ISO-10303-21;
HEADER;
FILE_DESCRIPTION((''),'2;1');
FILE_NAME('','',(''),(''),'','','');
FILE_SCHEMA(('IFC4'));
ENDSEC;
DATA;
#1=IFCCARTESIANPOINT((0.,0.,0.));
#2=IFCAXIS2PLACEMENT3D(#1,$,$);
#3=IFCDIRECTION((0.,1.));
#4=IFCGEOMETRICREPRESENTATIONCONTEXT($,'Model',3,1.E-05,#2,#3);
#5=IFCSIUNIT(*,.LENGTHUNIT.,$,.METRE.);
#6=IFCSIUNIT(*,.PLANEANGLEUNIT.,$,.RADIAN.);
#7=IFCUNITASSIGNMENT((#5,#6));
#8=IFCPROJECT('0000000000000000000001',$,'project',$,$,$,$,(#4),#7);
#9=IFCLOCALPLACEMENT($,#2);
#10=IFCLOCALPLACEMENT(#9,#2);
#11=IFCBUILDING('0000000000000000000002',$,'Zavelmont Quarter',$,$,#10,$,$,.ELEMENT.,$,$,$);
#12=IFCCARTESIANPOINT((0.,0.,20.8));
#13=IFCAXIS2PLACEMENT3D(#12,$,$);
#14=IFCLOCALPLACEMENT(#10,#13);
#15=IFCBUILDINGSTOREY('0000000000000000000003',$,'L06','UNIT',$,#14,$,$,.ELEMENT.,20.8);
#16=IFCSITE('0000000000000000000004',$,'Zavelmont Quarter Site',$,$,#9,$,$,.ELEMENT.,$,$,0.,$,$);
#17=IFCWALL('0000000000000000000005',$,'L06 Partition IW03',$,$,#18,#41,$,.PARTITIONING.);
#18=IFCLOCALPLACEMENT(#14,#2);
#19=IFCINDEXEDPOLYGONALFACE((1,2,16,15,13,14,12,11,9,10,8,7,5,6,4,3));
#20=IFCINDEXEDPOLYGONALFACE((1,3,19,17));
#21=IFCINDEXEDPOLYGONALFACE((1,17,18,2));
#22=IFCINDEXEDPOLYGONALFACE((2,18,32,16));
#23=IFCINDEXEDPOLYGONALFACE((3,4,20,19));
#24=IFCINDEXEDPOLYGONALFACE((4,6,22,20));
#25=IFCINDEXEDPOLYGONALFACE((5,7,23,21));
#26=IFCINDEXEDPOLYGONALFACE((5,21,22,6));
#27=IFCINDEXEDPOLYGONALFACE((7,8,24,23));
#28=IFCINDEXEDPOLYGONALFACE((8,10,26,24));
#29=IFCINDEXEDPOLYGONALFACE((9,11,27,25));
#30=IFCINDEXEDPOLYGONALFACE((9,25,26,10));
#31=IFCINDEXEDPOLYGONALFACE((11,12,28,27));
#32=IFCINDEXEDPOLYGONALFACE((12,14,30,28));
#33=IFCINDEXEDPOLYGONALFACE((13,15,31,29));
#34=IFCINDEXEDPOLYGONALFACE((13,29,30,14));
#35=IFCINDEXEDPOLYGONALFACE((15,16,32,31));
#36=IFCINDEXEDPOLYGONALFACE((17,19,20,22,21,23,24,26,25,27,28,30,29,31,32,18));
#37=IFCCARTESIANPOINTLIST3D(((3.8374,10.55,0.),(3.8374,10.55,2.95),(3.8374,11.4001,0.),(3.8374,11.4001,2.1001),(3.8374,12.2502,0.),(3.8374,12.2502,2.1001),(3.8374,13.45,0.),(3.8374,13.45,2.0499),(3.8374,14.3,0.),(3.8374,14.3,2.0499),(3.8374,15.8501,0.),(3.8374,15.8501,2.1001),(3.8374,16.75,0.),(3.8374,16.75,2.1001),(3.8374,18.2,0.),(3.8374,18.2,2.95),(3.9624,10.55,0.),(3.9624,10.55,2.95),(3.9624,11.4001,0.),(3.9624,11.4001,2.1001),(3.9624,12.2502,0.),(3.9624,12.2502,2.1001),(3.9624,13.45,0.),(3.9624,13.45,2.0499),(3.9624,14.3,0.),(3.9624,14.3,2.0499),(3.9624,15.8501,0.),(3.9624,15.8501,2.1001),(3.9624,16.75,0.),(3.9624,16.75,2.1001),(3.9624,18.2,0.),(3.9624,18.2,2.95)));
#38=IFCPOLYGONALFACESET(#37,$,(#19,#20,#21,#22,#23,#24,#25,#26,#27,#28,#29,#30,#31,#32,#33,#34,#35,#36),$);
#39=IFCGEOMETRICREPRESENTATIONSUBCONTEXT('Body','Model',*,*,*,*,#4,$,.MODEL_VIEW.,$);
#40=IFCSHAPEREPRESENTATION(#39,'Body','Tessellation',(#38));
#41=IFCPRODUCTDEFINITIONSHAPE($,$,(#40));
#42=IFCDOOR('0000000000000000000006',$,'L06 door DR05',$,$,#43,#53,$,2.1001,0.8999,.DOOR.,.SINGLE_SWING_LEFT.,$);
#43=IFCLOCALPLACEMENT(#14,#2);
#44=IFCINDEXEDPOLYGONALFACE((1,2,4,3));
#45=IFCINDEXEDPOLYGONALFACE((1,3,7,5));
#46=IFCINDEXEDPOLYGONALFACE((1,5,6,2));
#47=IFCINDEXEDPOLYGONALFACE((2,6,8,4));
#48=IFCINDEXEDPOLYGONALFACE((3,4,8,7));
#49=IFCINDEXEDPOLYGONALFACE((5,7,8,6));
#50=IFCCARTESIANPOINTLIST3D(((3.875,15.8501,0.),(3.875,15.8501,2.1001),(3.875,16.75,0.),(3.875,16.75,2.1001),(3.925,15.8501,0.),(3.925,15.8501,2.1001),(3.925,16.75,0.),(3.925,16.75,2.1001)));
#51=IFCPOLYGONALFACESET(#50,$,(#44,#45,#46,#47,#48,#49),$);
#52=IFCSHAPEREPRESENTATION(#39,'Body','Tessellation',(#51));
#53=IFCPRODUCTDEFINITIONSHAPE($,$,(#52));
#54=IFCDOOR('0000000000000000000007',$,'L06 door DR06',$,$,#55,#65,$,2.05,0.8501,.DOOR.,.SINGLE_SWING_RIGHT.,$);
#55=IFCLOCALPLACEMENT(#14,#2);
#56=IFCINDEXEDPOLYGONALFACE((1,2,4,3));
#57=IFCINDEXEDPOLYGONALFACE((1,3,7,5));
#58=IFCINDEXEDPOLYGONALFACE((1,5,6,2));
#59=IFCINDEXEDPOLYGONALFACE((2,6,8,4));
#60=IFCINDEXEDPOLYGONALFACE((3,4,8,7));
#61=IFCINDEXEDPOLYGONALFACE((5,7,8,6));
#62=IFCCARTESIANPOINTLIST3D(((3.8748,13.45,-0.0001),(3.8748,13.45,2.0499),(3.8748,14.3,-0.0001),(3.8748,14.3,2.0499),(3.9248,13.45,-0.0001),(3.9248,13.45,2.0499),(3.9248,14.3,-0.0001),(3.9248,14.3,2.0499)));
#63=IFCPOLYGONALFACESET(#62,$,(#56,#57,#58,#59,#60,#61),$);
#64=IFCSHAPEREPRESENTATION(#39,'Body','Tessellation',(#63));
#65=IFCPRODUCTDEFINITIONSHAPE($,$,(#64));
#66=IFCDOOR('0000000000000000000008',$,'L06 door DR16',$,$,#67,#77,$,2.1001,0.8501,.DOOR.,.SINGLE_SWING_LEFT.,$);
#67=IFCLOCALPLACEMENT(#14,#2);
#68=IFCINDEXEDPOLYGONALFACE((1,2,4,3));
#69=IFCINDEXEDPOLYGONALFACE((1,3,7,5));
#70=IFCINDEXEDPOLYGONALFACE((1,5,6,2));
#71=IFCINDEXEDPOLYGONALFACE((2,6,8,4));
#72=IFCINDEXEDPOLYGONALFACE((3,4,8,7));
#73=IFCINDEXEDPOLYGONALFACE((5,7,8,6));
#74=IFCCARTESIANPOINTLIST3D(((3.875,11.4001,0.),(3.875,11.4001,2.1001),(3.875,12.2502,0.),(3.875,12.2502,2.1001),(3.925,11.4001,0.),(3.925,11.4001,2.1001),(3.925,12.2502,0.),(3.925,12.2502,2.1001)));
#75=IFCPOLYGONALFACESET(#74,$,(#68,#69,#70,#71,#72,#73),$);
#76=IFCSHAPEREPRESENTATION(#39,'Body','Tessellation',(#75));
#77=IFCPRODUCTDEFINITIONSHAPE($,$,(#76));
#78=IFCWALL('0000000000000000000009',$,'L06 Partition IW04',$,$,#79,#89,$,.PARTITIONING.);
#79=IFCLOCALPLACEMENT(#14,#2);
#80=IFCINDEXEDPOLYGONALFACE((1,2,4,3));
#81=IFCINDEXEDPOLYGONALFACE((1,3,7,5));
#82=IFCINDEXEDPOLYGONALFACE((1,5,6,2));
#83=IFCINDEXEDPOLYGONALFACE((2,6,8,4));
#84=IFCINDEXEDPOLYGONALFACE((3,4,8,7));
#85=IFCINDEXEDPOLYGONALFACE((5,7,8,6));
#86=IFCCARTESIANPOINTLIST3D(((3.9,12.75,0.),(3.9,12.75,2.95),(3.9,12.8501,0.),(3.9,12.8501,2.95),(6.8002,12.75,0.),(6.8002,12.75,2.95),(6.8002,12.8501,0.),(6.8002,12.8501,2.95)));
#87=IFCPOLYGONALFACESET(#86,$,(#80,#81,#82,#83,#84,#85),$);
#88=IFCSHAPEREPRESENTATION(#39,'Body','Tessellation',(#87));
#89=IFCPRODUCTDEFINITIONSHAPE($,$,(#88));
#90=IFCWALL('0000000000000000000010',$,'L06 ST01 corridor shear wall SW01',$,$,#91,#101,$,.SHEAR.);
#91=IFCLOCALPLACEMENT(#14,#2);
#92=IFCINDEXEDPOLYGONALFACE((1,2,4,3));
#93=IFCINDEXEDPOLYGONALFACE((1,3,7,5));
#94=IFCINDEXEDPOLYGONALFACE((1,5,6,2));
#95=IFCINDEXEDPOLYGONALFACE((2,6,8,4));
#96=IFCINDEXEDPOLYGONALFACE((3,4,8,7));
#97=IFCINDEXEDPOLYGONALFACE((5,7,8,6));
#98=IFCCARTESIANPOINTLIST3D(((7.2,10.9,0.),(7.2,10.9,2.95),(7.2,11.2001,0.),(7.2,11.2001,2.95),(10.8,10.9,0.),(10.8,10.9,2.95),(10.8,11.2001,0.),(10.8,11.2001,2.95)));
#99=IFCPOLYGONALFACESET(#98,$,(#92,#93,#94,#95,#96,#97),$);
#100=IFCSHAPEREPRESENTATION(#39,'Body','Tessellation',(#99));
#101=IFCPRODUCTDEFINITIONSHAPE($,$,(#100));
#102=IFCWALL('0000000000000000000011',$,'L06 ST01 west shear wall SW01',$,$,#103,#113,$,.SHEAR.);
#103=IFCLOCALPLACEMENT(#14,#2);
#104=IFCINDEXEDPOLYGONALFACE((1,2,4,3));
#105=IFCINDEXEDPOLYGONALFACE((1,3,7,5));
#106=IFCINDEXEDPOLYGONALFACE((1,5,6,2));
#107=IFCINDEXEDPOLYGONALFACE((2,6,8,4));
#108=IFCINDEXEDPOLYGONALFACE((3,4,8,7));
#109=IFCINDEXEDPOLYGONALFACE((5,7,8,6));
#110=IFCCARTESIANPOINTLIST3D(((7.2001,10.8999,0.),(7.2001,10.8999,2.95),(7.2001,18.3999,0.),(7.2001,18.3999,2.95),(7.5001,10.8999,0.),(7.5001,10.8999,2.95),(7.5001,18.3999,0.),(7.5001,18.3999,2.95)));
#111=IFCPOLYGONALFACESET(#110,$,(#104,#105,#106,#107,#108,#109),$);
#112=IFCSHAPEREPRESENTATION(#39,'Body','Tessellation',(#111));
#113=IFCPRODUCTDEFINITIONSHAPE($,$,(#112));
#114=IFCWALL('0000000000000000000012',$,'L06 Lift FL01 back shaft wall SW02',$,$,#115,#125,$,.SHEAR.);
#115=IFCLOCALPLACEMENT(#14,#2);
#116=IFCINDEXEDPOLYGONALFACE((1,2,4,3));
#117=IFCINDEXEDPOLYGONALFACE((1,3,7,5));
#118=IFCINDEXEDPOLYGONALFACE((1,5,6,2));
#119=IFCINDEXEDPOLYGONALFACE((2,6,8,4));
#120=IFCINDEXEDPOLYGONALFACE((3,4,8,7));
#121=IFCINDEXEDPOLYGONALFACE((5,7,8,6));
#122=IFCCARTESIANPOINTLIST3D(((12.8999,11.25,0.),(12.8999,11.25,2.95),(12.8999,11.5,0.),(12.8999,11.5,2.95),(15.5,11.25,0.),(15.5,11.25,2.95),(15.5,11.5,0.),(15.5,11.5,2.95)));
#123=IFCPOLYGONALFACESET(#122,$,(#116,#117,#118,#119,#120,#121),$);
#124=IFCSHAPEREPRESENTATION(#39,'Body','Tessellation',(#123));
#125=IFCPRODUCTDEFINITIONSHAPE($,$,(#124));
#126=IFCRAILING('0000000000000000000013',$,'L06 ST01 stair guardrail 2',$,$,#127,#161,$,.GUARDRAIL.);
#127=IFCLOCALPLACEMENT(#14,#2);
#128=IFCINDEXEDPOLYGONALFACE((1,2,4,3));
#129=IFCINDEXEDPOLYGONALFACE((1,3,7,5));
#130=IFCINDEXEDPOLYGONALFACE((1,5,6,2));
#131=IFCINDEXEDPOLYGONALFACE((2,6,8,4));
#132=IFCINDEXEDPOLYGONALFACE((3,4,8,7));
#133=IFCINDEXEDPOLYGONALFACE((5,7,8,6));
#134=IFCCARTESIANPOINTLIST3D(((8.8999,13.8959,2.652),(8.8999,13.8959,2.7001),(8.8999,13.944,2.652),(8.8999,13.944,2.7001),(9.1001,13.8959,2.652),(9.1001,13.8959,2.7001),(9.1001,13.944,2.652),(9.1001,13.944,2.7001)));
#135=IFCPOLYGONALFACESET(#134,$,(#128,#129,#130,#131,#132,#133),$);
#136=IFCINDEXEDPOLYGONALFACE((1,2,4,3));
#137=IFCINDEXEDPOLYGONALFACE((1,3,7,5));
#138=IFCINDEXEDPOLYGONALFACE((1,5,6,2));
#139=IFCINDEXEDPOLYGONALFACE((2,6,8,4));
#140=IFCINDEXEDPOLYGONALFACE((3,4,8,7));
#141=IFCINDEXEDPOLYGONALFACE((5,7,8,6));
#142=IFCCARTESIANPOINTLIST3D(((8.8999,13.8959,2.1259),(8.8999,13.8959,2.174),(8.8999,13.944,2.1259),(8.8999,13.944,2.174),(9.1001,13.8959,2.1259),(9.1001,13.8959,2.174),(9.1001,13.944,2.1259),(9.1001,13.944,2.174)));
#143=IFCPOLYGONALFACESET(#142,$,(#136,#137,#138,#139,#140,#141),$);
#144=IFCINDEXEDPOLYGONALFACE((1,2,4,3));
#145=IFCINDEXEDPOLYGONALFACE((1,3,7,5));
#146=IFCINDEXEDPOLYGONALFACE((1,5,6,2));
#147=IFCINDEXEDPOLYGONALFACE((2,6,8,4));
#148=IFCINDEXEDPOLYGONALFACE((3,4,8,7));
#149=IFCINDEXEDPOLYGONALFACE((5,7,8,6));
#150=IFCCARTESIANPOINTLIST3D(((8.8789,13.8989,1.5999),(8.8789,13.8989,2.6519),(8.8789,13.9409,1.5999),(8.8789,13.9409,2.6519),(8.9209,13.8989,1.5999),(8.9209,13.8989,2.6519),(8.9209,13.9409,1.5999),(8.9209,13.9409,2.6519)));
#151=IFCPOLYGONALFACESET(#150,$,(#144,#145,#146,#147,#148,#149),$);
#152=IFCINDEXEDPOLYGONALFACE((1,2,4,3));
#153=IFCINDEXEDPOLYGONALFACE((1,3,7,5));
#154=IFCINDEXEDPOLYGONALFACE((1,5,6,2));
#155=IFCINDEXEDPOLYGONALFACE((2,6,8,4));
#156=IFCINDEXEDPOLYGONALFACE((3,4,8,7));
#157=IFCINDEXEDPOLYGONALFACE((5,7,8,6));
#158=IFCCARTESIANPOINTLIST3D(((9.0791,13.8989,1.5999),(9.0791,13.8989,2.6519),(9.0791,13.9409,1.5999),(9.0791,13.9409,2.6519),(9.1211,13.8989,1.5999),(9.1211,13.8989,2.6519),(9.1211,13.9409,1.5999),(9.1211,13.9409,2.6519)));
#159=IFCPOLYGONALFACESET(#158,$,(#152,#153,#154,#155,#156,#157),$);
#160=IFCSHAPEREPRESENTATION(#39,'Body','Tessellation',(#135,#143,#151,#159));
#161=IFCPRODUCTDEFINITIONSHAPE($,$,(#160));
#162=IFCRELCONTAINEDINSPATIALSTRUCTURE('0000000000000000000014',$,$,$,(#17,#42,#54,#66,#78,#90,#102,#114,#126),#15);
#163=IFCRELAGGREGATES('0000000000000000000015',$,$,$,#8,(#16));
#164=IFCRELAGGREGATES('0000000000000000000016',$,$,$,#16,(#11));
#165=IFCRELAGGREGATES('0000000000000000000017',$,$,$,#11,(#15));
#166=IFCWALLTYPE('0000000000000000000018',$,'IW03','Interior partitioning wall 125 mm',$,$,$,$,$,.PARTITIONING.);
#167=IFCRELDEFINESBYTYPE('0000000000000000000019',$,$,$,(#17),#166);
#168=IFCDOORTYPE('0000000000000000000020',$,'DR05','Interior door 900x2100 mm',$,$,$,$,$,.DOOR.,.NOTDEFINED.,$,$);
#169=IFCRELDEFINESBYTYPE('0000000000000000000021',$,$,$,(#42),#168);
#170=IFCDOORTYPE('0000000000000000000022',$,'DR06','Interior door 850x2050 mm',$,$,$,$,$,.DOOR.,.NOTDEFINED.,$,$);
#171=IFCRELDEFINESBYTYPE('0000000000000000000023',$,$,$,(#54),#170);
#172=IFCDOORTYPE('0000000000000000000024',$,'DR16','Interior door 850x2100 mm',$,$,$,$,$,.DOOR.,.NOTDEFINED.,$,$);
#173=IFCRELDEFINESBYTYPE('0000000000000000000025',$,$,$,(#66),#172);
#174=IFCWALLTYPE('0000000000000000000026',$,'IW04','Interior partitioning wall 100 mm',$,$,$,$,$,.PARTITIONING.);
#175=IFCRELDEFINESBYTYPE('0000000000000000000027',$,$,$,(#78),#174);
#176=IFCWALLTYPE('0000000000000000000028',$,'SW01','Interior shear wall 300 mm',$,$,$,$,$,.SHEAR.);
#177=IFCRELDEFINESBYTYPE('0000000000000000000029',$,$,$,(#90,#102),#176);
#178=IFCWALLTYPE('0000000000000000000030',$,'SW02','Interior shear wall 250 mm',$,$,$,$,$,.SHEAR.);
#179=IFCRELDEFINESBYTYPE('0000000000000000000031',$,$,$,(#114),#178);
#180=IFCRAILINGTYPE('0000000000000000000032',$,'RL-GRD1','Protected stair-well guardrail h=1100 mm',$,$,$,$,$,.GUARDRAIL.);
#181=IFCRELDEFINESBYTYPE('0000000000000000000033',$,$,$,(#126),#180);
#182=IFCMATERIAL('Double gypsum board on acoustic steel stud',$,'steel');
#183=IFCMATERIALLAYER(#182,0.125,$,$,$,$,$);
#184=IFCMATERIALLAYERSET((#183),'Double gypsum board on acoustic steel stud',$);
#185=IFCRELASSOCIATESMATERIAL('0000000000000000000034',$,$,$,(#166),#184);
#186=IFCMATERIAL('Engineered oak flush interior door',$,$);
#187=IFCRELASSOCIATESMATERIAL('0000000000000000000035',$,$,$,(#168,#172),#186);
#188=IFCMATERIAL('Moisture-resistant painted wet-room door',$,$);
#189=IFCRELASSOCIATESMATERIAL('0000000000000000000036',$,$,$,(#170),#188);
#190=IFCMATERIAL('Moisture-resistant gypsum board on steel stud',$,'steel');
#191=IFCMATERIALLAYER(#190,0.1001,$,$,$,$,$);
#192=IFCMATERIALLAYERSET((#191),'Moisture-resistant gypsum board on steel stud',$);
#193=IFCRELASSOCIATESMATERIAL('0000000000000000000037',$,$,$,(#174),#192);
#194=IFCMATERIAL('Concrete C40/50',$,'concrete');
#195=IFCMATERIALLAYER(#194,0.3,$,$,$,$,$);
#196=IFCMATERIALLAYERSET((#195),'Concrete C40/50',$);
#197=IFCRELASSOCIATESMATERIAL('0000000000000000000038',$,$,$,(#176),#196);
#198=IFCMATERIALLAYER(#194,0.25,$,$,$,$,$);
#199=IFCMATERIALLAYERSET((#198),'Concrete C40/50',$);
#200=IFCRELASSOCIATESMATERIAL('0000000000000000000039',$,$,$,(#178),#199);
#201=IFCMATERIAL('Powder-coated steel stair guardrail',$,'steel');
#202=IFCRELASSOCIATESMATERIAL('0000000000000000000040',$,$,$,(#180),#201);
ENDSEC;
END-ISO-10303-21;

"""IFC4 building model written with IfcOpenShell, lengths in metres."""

from ifc_helpers import new_model, si_unit, direction, frame, frame_2d, origin, origin_with_axes, origin_2d, place, context, subcontext, project, spatial, rectangle, extrude, material, layer, layer_set, type_object, element, fill, save


model = new_model("IFC4")

# Units and contexts
model_context = context("Model", 3, precision=1e-05, world=origin(), true_north=direction((0.0, 1.0)))
body_context = subcontext(model_context, "Body", "Model", "MODEL_VIEW")
ifc_project = project(units=[si_unit("LENGTHUNIT", "METRE"), si_unit("PLANEANGLEUNIT", "RADIAN")], contexts=[model_context])

# Site, building, storey
site_placement = place(None, origin())
site = spatial("IfcSite", under=ifc_project, at=site_placement, Name="Zavelmont Quarter Site", CompositionType="ELEMENT", RefElevation=0.0)
building_placement = place(site_placement, origin())
building = spatial("IfcBuilding", under=site, at=building_placement, Name="Zavelmont Quarter", CompositionType="ELEMENT")
storey_placement = place(building_placement, frame((0.0, 0.0, 20.8)))
storey = spatial("IfcBuildingStorey", under=building, at=storey_placement, Name="L06", Description="UNIT", CompositionType="ELEMENT", Elevation=20.8)

# Shared definitions
ifc_material_1 = material(Name="Concrete C40/50", Category="concrete")

# Wall, openings, doors
ifc_material_2 = material(Name="Double gypsum board on acoustic steel stud", Category="steel")
ifc_layer_1 = layer(ifc_material_2, 0.125)
ifc_layer_set_1 = layer_set([ifc_layer_1], Name="Double gypsum board on acoustic steel stud")
wall_type_1 = type_object("IfcWallType", Name="IW03", Description="Interior partitioning wall 125 mm", PredefinedType="PARTITIONING", material=ifc_layer_set_1)
wall_1_placement = place(storey_placement, frame((3.8999, 10.55, 0.0), z_axis=(0.0, 0.0, 1.0), x_axis=(0.0, 1.0, 0.0)))
wall_1 = element("IfcWall", 1, at=wall_1_placement, inside=storey, type_object=wall_type_1, Name="L06 Partition IW03", PredefinedType="PARTITIONING", context=body_context, shape_type="SweptSolid", body=[
    extrude(rectangle(XDim=7.6499, YDim=0.125, at=frame_2d((3.825, 0.0))), origin(), (0.0, 0.0, 1.0), 2.95),
])
opening_1_placement = place(wall_1_placement, frame((0.8501, 0.0, 0.0)))
opening_1 = element("IfcOpeningElement", 2, at=opening_1_placement, cuts=wall_1, PredefinedType="OPENING", context=body_context, shape_type="SweptSolid", body=[
    extrude(rectangle(XDim=0.8501, YDim=2.1001, at=frame_2d((0.425, 1.05))), frame((0.0, 0.0745, 0.0), z_axis=(0.0, -1.0, 0.0), x_axis=(1.0, 0.0, 0.0)), (0.0, 0.0, 1.0), 0.1489),
])
opening_2_placement = place(wall_1_placement, frame((2.8999, 0.0, 0.0)))
opening_2 = element("IfcOpeningElement", 3, at=opening_2_placement, cuts=wall_1, PredefinedType="OPENING", context=body_context, shape_type="SweptSolid", body=[
    extrude(rectangle(XDim=0.8501, YDim=2.05, at=frame_2d((0.425, 1.0249))), frame((0.0, 0.0745, 0.0), z_axis=(0.0, -1.0, 0.0), x_axis=(1.0, 0.0, 0.0)), (0.0, 0.0, 1.0), 0.1489),
])
opening_3_placement = place(wall_1_placement, frame((5.3, 0.0, 0.0)))
opening_3 = element("IfcOpeningElement", 4, at=opening_3_placement, cuts=wall_1, PredefinedType="OPENING", context=body_context, shape_type="SweptSolid", body=[
    extrude(rectangle(XDim=0.8999, YDim=2.1001, at=frame_2d((0.45, 1.05))), frame((0.0, 0.0745, 0.0), z_axis=(0.0, -1.0, 0.0), x_axis=(1.0, 0.0, 0.0)), (0.0, 0.0, 1.0), 0.1489),
])
ifc_material_3 = material(Name="Engineered oak flush interior door")
door_type_1 = type_object("IfcDoorType", Name="DR05", Description="Interior door 900x2100 mm", OperationType="NOTDEFINED", PredefinedType="DOOR", material=ifc_material_3)
door_1_placement = place(opening_3_placement, origin_with_axes())
door_1 = element("IfcDoor", 5, at=door_1_placement, inside=storey, type_object=door_type_1, Name="L06 door DR05", OperationType="SINGLE_SWING_LEFT", OverallHeight=2.1001, OverallWidth=0.8999, PredefinedType="DOOR", context=body_context, shape_type="SweptSolid", body=[
    extrude(rectangle(XDim=0.8999, YDim=2.1001, at=frame_2d((0.45, 1.05))), frame((0.0, 0.0249, 0.0), z_axis=(0.0, -1.0, 0.0), x_axis=(1.0, 0.0, 0.0)), (0.0, 0.0, 1.0), 0.05),
])
fill(opening_3, door_1)
ifc_material_4 = material(Name="Moisture-resistant painted wet-room door")
door_type_2 = type_object("IfcDoorType", Name="DR06", Description="Interior door 850x2050 mm", OperationType="NOTDEFINED", PredefinedType="DOOR", material=ifc_material_4)
door_2_placement = place(opening_2_placement, frame((0.8501, 0.0, 0.0), z_axis=(0.0, 0.0, 1.0), x_axis=(-1.0, 0.0, 0.0)))
door_2 = element("IfcDoor", 6, at=door_2_placement, inside=storey, type_object=door_type_2, Name="L06 door DR06", OperationType="SINGLE_SWING_RIGHT", OverallHeight=2.05, OverallWidth=0.8501, PredefinedType="DOOR", context=body_context, shape_type="SweptSolid", body=[
    extrude(rectangle(XDim=0.8501, YDim=2.05, at=frame_2d((0.425, 1.0249))), frame((0.0, 0.0249, 0.0), z_axis=(0.0, -1.0, 0.0), x_axis=(1.0, 0.0, 0.0)), (0.0, 0.0, 1.0), 0.05),
])
fill(opening_2, door_2)
door_type_3 = type_object("IfcDoorType", Name="DR16", Description="Interior door 850x2100 mm", OperationType="NOTDEFINED", PredefinedType="DOOR", material=ifc_material_3)
door_3_placement = place(opening_1_placement, origin_with_axes())
door_3 = element("IfcDoor", 7, at=door_3_placement, inside=storey, type_object=door_type_3, Name="L06 door DR16", OperationType="SINGLE_SWING_LEFT", OverallHeight=2.1001, OverallWidth=0.8501, PredefinedType="DOOR", context=body_context, shape_type="SweptSolid", body=[
    extrude(rectangle(XDim=0.8501, YDim=2.1001, at=frame_2d((0.425, 1.05))), frame((0.0, 0.0249, 0.0), z_axis=(0.0, -1.0, 0.0), x_axis=(1.0, 0.0, 0.0)), (0.0, 0.0, 1.0), 0.05),
])
fill(opening_1, door_3)

# Walls
ifc_material_5 = material(Name="Moisture-resistant gypsum board on steel stud", Category="steel")
ifc_layer_2 = layer(ifc_material_5, 0.1001)
ifc_layer_set_2 = layer_set([ifc_layer_2], Name="Moisture-resistant gypsum board on steel stud")
wall_type_2 = type_object("IfcWallType", Name="IW04", Description="Interior partitioning wall 100 mm", PredefinedType="PARTITIONING", material=ifc_layer_set_2)
wall_2_placement = place(storey_placement, frame((3.8999, 12.8, 0.0), z_axis=(0.0, 0.0, 1.0), x_axis=(1.0, 0.0, 0.0)))
element("IfcWall", 8, at=wall_2_placement, inside=storey, type_object=wall_type_2, Name="L06 Partition IW04", PredefinedType="PARTITIONING", context=body_context, shape_type="SweptSolid", body=[
    extrude(rectangle(XDim=2.9001, YDim=0.1001, at=frame_2d((1.4502, 0.0))), origin(), (0.0, 0.0, 1.0), 2.95),
])
ifc_layer_3 = layer(ifc_material_1, 0.3)
ifc_layer_set_3 = layer_set([ifc_layer_3], Name="Concrete C40/50")
wall_type_3 = type_object("IfcWallType", Name="SW01", Description="Interior shear wall 300 mm", PredefinedType="SHEAR", material=ifc_layer_set_3)
wall_3_placement = place(storey_placement, frame((7.2, 11.05, 0.0), z_axis=(0.0, 0.0, 1.0), x_axis=(1.0, 0.0, 0.0)))
element("IfcWall", 9, at=wall_3_placement, inside=storey, type_object=wall_type_3, Name="L06 ST01 corridor shear wall SW01", PredefinedType="SHEAR", context=body_context, shape_type="SweptSolid", body=[
    extrude(rectangle(XDim=3.6001, YDim=0.3, at=frame_2d((1.8, 0.0))), origin(), (0.0, 0.0, 1.0), 2.95),
])
wall_4_placement = place(storey_placement, frame((7.3501, 10.8999, 0.0), z_axis=(0.0, 0.0, 1.0), x_axis=(0.0, 1.0, 0.0)))
element("IfcWall", 10, at=wall_4_placement, inside=storey, type_object=wall_type_3, Name="L06 ST01 west shear wall SW01", PredefinedType="SHEAR", context=body_context, shape_type="SweptSolid", body=[
    extrude(rectangle(XDim=7.5, YDim=0.3, at=frame_2d((3.75, 0.0))), origin(), (0.0, 0.0, 1.0), 2.95),
])

# Wall
ifc_layer_4 = layer(ifc_material_1, 0.25)
ifc_layer_set_4 = layer_set([ifc_layer_4], Name="Concrete C40/50")
wall_type_4 = type_object("IfcWallType", Name="SW02", Description="Interior shear wall 250 mm", PredefinedType="SHEAR", material=ifc_layer_set_4)
wall_5_placement = place(storey_placement, frame((12.8999, 11.375, 0.0), z_axis=(0.0, 0.0, 1.0), x_axis=(1.0, 0.0, 0.0)))
element("IfcWall", 11, at=wall_5_placement, inside=storey, type_object=wall_type_4, Name="L06 Lift FL01 back shaft wall SW02", PredefinedType="SHEAR", context=body_context, shape_type="SweptSolid", body=[
    extrude(rectangle(XDim=2.6001, YDim=0.25, at=frame_2d((1.3, 0.0))), origin(), (0.0, 0.0, 1.0), 2.95),
])

# Railing
ifc_material_6 = material(Name="Powder-coated steel stair guardrail", Category="steel")
railing_type = type_object("IfcRailingType", Name="RL-GRD1", Description="Protected stair-well guardrail h=1100 mm", PredefinedType="GUARDRAIL", material=ifc_material_6)
railing_1_placement = place(storey_placement, frame((8.8999, 13.9199, 1.5999)))
element("IfcRailing", 12, at=railing_1_placement, inside=storey, type_object=railing_type, Name="L06 ST01 stair guardrail 2", PredefinedType="GUARDRAIL", context=body_context, shape_type="SweptSolid", body=[
    extrude(rectangle(XDim=0.0481, YDim=0.0481, at=origin_2d()), frame((0.0, 0.0, 1.0762), z_axis=(1.0, 0.0, 0.0), x_axis=(0.0, 1.0, 0.0)), (0.0, 0.0, 1.0), 0.2002),
    extrude(rectangle(XDim=0.0481, YDim=0.0481, at=origin_2d()), frame((0.0, 0.0, 0.55), z_axis=(1.0, 0.0, 0.0), x_axis=(0.0, 1.0, 0.0)), (0.0, 0.0, 1.0), 0.2002),
    extrude(rectangle(XDim=0.042, YDim=0.042, at=origin_2d()), origin(), (0.0, 0.0, 1.0), 1.052),
    extrude(rectangle(XDim=0.042, YDim=0.042, at=origin_2d()), frame((0.2002, 0.0, 0.0)), (0.0, 0.0, 1.0), 1.052),
])

save(model, "model.ifc")
